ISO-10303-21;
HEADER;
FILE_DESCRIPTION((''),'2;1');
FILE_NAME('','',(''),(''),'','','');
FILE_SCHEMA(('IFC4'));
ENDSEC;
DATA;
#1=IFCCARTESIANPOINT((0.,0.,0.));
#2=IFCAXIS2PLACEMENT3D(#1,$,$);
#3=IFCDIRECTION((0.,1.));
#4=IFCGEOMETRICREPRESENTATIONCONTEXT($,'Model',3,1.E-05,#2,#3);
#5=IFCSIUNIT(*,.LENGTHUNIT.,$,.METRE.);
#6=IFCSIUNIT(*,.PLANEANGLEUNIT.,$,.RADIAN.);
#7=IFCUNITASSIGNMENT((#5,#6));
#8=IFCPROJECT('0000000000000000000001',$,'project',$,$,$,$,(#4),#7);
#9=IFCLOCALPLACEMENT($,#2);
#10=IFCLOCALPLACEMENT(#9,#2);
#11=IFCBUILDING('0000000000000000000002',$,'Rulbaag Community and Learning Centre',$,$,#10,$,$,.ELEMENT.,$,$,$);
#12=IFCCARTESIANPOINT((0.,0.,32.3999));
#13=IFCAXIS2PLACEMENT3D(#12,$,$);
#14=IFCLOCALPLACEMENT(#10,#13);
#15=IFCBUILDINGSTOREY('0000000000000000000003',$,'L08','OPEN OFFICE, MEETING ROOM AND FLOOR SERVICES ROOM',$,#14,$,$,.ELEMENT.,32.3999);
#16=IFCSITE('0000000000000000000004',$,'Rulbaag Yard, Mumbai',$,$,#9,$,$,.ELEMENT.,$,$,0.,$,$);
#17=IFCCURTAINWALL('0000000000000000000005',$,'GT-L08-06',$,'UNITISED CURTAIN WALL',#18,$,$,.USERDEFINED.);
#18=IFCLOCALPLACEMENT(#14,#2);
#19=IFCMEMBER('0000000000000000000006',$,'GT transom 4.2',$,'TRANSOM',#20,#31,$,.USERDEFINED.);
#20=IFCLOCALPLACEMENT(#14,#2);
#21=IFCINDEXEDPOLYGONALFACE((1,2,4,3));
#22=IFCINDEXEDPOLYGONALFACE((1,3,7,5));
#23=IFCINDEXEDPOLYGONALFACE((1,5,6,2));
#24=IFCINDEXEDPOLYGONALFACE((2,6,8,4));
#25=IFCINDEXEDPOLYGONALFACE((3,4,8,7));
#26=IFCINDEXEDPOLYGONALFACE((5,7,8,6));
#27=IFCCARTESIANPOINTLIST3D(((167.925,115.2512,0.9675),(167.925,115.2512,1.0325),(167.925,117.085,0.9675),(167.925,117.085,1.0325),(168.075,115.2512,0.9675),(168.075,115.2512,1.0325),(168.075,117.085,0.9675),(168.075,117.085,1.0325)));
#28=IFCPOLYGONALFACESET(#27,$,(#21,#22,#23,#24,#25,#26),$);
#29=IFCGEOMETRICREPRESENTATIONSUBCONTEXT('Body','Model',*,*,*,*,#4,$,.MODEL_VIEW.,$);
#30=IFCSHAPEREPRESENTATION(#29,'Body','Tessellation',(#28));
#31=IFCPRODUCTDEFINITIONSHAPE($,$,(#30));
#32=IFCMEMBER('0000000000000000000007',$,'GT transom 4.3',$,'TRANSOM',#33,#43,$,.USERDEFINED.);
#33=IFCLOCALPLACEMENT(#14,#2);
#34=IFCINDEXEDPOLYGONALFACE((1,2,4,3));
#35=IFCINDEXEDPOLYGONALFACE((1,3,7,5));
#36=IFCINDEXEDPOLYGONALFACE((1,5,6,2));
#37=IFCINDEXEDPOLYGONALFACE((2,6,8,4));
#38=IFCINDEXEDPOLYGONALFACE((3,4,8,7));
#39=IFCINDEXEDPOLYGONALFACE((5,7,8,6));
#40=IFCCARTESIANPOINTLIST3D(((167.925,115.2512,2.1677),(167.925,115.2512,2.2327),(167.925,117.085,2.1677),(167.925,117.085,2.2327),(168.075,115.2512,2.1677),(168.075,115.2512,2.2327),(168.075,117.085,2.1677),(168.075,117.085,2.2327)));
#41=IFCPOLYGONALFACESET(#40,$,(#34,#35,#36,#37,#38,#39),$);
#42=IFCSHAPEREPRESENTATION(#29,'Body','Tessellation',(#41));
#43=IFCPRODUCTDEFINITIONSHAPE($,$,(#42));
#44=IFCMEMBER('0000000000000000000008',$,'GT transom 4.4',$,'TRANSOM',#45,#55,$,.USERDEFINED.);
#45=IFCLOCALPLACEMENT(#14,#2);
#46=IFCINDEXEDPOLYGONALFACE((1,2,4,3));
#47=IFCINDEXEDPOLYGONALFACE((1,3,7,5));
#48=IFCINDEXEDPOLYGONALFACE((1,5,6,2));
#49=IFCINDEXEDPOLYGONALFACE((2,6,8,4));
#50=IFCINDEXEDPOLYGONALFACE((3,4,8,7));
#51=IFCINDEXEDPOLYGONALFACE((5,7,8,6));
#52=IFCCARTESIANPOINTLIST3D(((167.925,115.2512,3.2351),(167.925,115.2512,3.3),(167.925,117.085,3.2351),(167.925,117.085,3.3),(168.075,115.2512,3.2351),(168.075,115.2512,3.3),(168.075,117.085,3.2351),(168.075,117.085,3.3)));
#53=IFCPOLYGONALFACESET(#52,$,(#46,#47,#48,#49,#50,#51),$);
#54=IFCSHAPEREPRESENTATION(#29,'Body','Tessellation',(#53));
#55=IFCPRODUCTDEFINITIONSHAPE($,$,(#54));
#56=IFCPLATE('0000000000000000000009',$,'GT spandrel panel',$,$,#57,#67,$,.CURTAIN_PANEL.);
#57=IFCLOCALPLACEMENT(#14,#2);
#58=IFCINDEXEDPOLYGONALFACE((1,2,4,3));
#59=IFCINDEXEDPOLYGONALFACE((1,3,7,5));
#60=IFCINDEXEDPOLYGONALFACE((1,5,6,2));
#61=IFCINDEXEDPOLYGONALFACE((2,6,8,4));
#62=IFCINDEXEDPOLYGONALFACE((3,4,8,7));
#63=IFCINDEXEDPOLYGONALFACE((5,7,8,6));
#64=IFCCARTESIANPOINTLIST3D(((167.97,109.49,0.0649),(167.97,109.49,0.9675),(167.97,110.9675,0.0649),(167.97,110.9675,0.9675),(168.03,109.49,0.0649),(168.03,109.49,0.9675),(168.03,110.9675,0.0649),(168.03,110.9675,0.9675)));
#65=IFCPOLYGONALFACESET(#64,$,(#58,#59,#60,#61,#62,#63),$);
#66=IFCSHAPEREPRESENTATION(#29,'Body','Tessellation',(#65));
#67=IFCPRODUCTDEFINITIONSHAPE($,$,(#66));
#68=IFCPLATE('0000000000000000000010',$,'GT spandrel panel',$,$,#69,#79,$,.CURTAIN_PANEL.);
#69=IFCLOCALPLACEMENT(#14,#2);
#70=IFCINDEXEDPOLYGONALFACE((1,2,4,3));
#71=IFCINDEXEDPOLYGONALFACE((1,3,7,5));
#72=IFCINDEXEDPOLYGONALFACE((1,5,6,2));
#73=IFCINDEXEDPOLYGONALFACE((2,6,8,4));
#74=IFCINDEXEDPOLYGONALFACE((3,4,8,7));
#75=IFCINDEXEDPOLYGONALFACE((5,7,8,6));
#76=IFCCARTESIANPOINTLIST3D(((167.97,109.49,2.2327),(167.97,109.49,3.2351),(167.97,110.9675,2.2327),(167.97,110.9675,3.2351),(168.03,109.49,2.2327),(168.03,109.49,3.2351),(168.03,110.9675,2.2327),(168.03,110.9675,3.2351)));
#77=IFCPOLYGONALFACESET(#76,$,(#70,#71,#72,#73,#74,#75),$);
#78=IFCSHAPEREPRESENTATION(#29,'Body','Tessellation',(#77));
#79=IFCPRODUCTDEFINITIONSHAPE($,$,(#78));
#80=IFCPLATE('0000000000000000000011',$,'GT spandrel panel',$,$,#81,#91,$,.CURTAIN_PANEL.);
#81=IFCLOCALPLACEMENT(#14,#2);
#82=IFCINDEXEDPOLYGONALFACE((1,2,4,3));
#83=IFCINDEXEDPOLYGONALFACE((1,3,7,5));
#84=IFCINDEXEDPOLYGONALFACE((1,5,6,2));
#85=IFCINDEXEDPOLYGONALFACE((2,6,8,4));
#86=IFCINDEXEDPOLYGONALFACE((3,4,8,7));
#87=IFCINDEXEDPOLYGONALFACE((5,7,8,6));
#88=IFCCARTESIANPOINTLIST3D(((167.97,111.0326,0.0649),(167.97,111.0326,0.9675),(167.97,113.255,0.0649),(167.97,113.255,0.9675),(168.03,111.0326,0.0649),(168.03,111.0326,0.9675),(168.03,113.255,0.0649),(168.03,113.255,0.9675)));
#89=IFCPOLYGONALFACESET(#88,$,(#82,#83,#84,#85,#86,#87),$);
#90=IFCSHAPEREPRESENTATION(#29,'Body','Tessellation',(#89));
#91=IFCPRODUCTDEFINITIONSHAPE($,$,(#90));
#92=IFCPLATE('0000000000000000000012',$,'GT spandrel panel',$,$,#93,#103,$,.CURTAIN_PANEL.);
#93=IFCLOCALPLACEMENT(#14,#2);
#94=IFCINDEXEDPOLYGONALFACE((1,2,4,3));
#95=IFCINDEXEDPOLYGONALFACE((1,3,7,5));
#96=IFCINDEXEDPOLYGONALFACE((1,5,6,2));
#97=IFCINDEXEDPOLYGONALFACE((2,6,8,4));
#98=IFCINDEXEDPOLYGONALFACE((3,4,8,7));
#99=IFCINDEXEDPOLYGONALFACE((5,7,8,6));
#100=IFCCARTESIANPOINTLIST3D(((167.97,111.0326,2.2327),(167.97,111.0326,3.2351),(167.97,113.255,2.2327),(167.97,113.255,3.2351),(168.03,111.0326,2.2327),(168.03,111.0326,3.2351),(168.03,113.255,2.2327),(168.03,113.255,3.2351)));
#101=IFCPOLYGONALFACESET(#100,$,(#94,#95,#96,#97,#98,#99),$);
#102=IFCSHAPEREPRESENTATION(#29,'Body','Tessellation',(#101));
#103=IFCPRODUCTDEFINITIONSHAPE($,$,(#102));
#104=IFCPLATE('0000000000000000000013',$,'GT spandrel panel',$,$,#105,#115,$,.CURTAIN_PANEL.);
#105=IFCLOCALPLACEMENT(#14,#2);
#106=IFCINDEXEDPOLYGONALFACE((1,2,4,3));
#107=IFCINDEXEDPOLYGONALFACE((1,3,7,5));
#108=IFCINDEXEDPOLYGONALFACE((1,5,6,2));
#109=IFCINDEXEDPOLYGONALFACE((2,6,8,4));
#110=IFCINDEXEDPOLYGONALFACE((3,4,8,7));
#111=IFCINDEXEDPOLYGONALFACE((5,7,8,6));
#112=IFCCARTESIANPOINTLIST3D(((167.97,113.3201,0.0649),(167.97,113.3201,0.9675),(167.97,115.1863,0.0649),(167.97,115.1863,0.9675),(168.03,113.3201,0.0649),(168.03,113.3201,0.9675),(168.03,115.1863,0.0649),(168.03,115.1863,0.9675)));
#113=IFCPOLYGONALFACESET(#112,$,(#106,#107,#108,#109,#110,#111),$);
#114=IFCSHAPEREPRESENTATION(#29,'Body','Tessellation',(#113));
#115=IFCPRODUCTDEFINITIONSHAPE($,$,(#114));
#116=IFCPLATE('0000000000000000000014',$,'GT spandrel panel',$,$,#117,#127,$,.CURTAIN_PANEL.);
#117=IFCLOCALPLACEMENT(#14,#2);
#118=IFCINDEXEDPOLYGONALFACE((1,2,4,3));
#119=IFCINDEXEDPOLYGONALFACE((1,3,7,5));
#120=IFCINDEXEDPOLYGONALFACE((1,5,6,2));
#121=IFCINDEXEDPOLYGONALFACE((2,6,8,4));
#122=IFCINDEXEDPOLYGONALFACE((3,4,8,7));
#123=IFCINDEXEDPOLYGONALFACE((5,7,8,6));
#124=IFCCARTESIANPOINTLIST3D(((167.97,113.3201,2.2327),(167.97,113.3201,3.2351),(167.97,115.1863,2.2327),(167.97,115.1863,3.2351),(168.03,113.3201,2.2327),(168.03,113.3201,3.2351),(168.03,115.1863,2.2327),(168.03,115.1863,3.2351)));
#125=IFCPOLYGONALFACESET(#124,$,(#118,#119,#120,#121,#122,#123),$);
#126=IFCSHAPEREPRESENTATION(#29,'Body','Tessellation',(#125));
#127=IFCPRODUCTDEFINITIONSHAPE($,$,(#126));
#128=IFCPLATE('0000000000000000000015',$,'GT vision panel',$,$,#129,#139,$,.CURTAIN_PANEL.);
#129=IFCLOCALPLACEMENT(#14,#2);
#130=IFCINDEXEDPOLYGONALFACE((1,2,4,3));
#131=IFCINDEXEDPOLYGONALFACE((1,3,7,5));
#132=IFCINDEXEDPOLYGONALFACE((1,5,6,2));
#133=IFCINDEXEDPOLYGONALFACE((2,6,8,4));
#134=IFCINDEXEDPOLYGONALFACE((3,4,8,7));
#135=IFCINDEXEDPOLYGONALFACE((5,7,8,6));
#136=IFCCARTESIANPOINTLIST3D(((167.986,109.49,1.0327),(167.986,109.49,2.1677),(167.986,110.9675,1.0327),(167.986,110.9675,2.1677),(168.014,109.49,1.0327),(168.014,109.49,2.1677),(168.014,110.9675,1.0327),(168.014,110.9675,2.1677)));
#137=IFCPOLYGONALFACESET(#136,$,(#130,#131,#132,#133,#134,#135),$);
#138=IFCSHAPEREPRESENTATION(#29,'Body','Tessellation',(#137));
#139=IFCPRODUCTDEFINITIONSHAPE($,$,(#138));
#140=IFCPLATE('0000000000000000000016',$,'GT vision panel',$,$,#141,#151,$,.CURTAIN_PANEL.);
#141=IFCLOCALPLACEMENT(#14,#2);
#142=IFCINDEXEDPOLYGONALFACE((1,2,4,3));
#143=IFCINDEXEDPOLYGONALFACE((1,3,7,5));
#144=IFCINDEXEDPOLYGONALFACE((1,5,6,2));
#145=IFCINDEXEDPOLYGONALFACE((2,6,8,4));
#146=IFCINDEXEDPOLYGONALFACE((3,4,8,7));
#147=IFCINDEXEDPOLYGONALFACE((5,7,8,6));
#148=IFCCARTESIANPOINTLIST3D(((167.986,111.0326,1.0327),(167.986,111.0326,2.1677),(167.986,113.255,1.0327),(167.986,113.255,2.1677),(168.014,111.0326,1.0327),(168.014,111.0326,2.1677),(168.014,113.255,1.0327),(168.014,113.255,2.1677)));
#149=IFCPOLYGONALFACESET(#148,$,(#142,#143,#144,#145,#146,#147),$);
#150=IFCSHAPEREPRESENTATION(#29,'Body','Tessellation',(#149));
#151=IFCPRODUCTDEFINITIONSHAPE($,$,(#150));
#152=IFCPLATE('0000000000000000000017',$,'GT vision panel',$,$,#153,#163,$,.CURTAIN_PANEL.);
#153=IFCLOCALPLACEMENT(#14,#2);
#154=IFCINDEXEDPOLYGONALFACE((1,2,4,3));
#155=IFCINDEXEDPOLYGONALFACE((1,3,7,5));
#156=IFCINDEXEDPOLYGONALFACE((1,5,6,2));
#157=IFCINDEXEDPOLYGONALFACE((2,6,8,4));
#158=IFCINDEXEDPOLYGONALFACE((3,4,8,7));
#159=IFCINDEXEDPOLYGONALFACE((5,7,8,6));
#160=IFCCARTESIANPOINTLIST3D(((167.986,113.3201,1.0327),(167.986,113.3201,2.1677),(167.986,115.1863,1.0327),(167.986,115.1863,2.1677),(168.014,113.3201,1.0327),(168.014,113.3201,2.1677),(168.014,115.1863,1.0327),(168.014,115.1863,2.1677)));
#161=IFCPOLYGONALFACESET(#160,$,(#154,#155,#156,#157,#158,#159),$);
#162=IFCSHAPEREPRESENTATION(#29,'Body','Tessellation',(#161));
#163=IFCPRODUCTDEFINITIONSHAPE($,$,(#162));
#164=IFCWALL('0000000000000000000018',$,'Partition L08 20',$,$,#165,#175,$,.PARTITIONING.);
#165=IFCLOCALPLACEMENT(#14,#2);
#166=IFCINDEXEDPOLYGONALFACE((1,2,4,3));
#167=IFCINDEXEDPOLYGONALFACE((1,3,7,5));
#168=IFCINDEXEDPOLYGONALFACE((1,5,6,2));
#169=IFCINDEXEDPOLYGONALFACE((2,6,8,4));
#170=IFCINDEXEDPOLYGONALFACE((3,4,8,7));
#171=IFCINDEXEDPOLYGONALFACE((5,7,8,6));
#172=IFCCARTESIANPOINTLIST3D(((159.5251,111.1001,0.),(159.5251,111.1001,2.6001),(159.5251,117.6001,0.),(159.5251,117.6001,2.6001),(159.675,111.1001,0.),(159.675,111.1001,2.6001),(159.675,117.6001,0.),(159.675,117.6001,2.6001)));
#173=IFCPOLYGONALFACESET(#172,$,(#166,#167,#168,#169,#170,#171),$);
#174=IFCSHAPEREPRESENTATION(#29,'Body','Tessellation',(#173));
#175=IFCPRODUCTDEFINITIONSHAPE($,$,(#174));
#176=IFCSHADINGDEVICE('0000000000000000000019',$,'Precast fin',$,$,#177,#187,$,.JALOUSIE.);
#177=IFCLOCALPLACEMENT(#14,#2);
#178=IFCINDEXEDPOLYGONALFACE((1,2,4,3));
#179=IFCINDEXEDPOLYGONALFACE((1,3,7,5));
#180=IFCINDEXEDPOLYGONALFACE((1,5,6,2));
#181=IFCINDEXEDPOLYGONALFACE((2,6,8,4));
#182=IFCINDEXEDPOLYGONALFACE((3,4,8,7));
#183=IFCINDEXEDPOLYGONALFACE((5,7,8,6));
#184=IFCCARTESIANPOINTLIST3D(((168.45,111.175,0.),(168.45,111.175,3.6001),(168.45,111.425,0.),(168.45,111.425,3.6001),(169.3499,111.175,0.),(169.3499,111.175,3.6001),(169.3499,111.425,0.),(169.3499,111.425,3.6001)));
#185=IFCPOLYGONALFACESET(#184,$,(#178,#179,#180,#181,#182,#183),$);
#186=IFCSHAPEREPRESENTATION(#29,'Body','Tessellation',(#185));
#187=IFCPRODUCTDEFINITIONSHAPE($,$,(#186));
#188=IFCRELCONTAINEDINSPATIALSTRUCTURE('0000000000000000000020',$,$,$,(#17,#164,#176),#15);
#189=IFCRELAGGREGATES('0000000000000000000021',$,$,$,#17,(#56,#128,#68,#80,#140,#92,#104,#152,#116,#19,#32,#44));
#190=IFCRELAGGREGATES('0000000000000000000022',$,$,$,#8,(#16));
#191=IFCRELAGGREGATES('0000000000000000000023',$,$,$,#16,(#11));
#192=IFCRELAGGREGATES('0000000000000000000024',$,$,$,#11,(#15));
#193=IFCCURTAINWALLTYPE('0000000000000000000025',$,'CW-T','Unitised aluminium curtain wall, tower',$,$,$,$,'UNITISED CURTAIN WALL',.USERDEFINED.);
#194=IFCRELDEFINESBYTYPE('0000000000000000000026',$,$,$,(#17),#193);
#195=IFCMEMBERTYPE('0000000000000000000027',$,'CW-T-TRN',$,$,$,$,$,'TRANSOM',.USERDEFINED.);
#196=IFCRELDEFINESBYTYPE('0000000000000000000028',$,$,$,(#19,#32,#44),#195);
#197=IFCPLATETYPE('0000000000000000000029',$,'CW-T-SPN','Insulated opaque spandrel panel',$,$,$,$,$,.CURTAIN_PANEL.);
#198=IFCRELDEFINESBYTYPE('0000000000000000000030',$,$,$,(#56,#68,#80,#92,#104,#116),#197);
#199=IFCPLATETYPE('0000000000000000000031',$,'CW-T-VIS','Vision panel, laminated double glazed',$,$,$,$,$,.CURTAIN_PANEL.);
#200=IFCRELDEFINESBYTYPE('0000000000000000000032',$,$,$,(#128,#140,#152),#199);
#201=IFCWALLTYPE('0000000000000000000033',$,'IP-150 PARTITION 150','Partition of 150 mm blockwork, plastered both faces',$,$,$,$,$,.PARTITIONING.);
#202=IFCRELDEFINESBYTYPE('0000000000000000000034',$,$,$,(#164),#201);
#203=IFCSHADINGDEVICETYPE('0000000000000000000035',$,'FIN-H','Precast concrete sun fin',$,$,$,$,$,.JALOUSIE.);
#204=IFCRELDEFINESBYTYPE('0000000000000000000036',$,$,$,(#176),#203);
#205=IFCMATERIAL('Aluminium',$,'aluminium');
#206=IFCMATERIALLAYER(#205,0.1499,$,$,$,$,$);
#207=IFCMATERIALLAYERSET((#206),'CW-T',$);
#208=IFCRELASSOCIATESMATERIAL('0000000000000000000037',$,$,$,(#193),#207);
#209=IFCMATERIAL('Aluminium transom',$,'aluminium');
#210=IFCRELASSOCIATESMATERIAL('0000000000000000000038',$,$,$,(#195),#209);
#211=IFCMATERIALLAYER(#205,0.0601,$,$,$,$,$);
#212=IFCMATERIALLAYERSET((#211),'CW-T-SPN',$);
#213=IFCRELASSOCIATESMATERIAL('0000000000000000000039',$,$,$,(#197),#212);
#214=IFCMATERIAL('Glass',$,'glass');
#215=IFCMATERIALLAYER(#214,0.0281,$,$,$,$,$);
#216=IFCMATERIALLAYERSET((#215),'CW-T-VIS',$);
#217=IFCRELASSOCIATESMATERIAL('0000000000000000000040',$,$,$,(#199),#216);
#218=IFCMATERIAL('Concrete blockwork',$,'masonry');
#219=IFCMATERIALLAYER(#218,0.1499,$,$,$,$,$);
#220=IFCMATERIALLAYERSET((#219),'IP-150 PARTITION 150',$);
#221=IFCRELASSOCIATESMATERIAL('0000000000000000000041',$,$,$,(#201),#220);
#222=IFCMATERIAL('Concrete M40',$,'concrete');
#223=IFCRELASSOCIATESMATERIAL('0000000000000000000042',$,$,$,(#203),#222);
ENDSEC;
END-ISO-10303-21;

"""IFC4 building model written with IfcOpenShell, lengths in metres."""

from ifc_helpers import new_model, si_unit, direction, frame, frame_2d, origin, origin_2d, place, context, subcontext, project, spatial, rectangle, extrude, material, layer, layer_set, material_profile, profile_set, type_object, element, aggregate, save


model = new_model("IFC4")

# Units and contexts
model_context = context("Model", 3, precision=1e-05, world=origin(), true_north=direction((0.0, 1.0)))
body_context = subcontext(model_context, "Body", "Model", "MODEL_VIEW")
ifc_project = project(units=[si_unit("LENGTHUNIT", "METRE"), si_unit("PLANEANGLEUNIT", "RADIAN")], contexts=[model_context])

# Site, building, storey
site_placement = place(None, origin())
site = spatial("IfcSite", under=ifc_project, at=site_placement, Name="Rulbaag Yard, Mumbai", CompositionType="ELEMENT", RefElevation=0.0)
building_placement = place(site_placement, origin())
building = spatial("IfcBuilding", under=site, at=building_placement, Name="Rulbaag Community and Learning Centre", CompositionType="ELEMENT")
storey_placement = place(building_placement, frame((0.0, 0.0, 32.3999)))
storey = spatial("IfcBuildingStorey", under=building, at=storey_placement, Name="L08", Description="OPEN OFFICE, MEETING ROOM AND FLOOR SERVICES ROOM", CompositionType="ELEMENT", Elevation=32.3999)

# Curtain wall, members, plates
ifc_material_1 = material(Name="Aluminium", Category="aluminium")
ifc_layer_1 = layer(ifc_material_1, 0.1499)
ifc_layer_set_1 = layer_set([ifc_layer_1], Name="CW-T")
curtain_wall_type = type_object("IfcCurtainWallType", Name="CW-T", Description="Unitised aluminium curtain wall, tower", ElementType="UNITISED CURTAIN WALL", PredefinedType="USERDEFINED", material=ifc_layer_set_1)
curtain_wall_placement = place(storey_placement, origin())
curtain_wall = element("IfcCurtainWall", 1, at=curtain_wall_placement, inside=storey, type_object=curtain_wall_type, Name="GT-L08-06", ObjectType="UNITISED CURTAIN WALL", PredefinedType="USERDEFINED")
ifc_material_2 = material(Name="Aluminium transom", Category="aluminium")
ifc_material_profile_1 = material_profile(ifc_material_2, rectangle(XDim=0.1499, YDim=0.0649, at=origin_2d()), Name="AL 65x150 T")
ifc_profile_set_1 = profile_set([ifc_material_profile_1], Name="Aluminium transom")
member_type_1 = type_object("IfcMemberType", Name="CW-T-TRN", ElementType="TRANSOM", PredefinedType="USERDEFINED", material=ifc_profile_set_1)
member_1_placement = place(storey_placement, frame((168.0, 115.2512, 1.0), z_axis=(0.0, 1.0, 0.0), x_axis=(-1.0, 0.0, 0.0)))
member_1 = element("IfcMember", 2, at=member_1_placement, type_object=member_type_1, Name="GT transom 4.2", ObjectType="TRANSOM", PredefinedType="USERDEFINED", context=body_context, shape_type="SweptSolid", body=[
    extrude(rectangle(XDim=0.1499, YDim=0.0649, at=origin_2d()), origin(), (0.0, 0.0, 1.0), 1.8337),
])
member_2_placement = place(storey_placement, frame((168.0, 115.2512, 2.2002), z_axis=(0.0, 1.0, 0.0), x_axis=(-1.0, 0.0, 0.0)))
member_2 = element("IfcMember", 3, at=member_2_placement, type_object=member_type_1, Name="GT transom 4.3", ObjectType="TRANSOM", PredefinedType="USERDEFINED", context=body_context, shape_type="SweptSolid", body=[
    extrude(rectangle(XDim=0.1499, YDim=0.0649, at=origin_2d()), origin(), (0.0, 0.0, 1.0), 1.8337),
])
member_3_placement = place(storey_placement, frame((168.0, 115.2512, 3.2676), z_axis=(0.0, 1.0, 0.0), x_axis=(-1.0, 0.0, 0.0)))
member_3 = element("IfcMember", 4, at=member_3_placement, type_object=member_type_1, Name="GT transom 4.4", ObjectType="TRANSOM", PredefinedType="USERDEFINED", context=body_context, shape_type="SweptSolid", body=[
    extrude(rectangle(XDim=0.1499, YDim=0.0649, at=origin_2d()), origin(), (0.0, 0.0, 1.0), 1.8337),
])
ifc_layer_2 = layer(ifc_material_1, 0.0601)
ifc_layer_set_2 = layer_set([ifc_layer_2], Name="CW-T-SPN")
plate_type_1 = type_object("IfcPlateType", Name="CW-T-SPN", Description="Insulated opaque spandrel panel", PredefinedType="CURTAIN_PANEL", material=ifc_layer_set_2)
plate_1_placement = place(storey_placement, frame((168.0, 110.2288, 0.0649), z_axis=(0.0, 0.0, 1.0), x_axis=(0.0, 1.0, 0.0)))
plate_1 = element("IfcPlate", 5, at=plate_1_placement, type_object=plate_type_1, Name="GT spandrel panel", PredefinedType="CURTAIN_PANEL", context=body_context, shape_type="SweptSolid", body=[
    extrude(rectangle(XDim=1.4775, YDim=0.0601, at=origin_2d()), origin(), (0.0, 0.0, 1.0), 0.9026),
])
plate_2_placement = place(storey_placement, frame((168.0, 110.2288, 2.2327), z_axis=(0.0, 0.0, 1.0), x_axis=(0.0, 1.0, 0.0)))
plate_2 = element("IfcPlate", 6, at=plate_2_placement, type_object=plate_type_1, Name="GT spandrel panel", PredefinedType="CURTAIN_PANEL", context=body_context, shape_type="SweptSolid", body=[
    extrude(rectangle(XDim=1.4775, YDim=0.0601, at=origin_2d()), origin(), (0.0, 0.0, 1.0), 1.0024),
])
plate_3_placement = place(storey_placement, frame((168.0, 112.1438, 0.0649), z_axis=(0.0, 0.0, 1.0), x_axis=(0.0, 1.0, 0.0)))
plate_3 = element("IfcPlate", 7, at=plate_3_placement, type_object=plate_type_1, Name="GT spandrel panel", PredefinedType="CURTAIN_PANEL", context=body_context, shape_type="SweptSolid", body=[
    extrude(rectangle(XDim=2.2224, YDim=0.0601, at=origin_2d()), origin(), (0.0, 0.0, 1.0), 0.9026),
])
plate_4_placement = place(storey_placement, frame((168.0, 112.1438, 2.2327), z_axis=(0.0, 0.0, 1.0), x_axis=(0.0, 1.0, 0.0)))
plate_4 = element("IfcPlate", 8, at=plate_4_placement, type_object=plate_type_1, Name="GT spandrel panel", PredefinedType="CURTAIN_PANEL", context=body_context, shape_type="SweptSolid", body=[
    extrude(rectangle(XDim=2.2224, YDim=0.0601, at=origin_2d()), origin(), (0.0, 0.0, 1.0), 1.0024),
])
plate_5_placement = place(storey_placement, frame((168.0, 114.2532, 0.0649), z_axis=(0.0, 0.0, 1.0), x_axis=(0.0, 1.0, 0.0)))
plate_5 = element("IfcPlate", 9, at=plate_5_placement, type_object=plate_type_1, Name="GT spandrel panel", PredefinedType="CURTAIN_PANEL", context=body_context, shape_type="SweptSolid", body=[
    extrude(rectangle(XDim=1.8662, YDim=0.0601, at=origin_2d()), origin(), (0.0, 0.0, 1.0), 0.9026),
])
plate_6_placement = place(storey_placement, frame((168.0, 114.2532, 2.2327), z_axis=(0.0, 0.0, 1.0), x_axis=(0.0, 1.0, 0.0)))
plate_6 = element("IfcPlate", 10, at=plate_6_placement, type_object=plate_type_1, Name="GT spandrel panel", PredefinedType="CURTAIN_PANEL", context=body_context, shape_type="SweptSolid", body=[
    extrude(rectangle(XDim=1.8662, YDim=0.0601, at=origin_2d()), origin(), (0.0, 0.0, 1.0), 1.0024),
])
ifc_material_3 = material(Name="Glass", Category="glass")
ifc_layer_3 = layer(ifc_material_3, 0.0281)
ifc_layer_set_3 = layer_set([ifc_layer_3], Name="CW-T-VIS")
plate_type_2 = type_object("IfcPlateType", Name="CW-T-VIS", Description="Vision panel, laminated double glazed", PredefinedType="CURTAIN_PANEL", material=ifc_layer_set_3)
plate_7_placement = place(storey_placement, frame((168.0, 110.2288, 1.0327), z_axis=(0.0, 0.0, 1.0), x_axis=(0.0, 1.0, 0.0)))
plate_7 = element("IfcPlate", 11, at=plate_7_placement, type_object=plate_type_2, Name="GT vision panel", PredefinedType="CURTAIN_PANEL", context=body_context, shape_type="SweptSolid", body=[
    extrude(rectangle(XDim=1.4775, YDim=0.0281, at=origin_2d()), origin(), (0.0, 0.0, 1.0), 1.135),
])
plate_8_placement = place(storey_placement, frame((168.0, 112.1438, 1.0327), z_axis=(0.0, 0.0, 1.0), x_axis=(0.0, 1.0, 0.0)))
plate_8 = element("IfcPlate", 12, at=plate_8_placement, type_object=plate_type_2, Name="GT vision panel", PredefinedType="CURTAIN_PANEL", context=body_context, shape_type="SweptSolid", body=[
    extrude(rectangle(XDim=2.2224, YDim=0.0281, at=origin_2d()), origin(), (0.0, 0.0, 1.0), 1.135),
])
plate_9_placement = place(storey_placement, frame((168.0, 114.2532, 1.0327), z_axis=(0.0, 0.0, 1.0), x_axis=(0.0, 1.0, 0.0)))
plate_9 = element("IfcPlate", 13, at=plate_9_placement, type_object=plate_type_2, Name="GT vision panel", PredefinedType="CURTAIN_PANEL", context=body_context, shape_type="SweptSolid", body=[
    extrude(rectangle(XDim=1.8662, YDim=0.0281, at=origin_2d()), origin(), (0.0, 0.0, 1.0), 1.135),
])
aggregate(curtain_wall, [plate_1, plate_7, plate_2, plate_3, plate_8, plate_4, plate_5, plate_9, plate_6, member_1, member_2, member_3])

# Wall
ifc_material_4 = material(Name="Concrete blockwork", Category="masonry")
ifc_layer_4 = layer(ifc_material_4, 0.1499)
ifc_layer_set_4 = layer_set([ifc_layer_4], Name="IP-150 PARTITION 150")
wall_type = type_object("IfcWallType", Name="IP-150 PARTITION 150", Description="Partition of 150 mm blockwork, plastered both faces", PredefinedType="PARTITIONING", material=ifc_layer_set_4)
wall_placement = place(storey_placement, frame((159.6001, 111.1001, 0.0), z_axis=(0.0, 0.0, 1.0), x_axis=(0.0, 1.0, 0.0)))
element("IfcWall", 14, at=wall_placement, inside=storey, type_object=wall_type, Name="Partition L08 20", PredefinedType="PARTITIONING", context=body_context, shape_type="SweptSolid", body=[
    extrude(rectangle(XDim=6.5, YDim=0.1499, at=frame_2d((3.25, 0.0))), origin(), (0.0, 0.0, 1.0), 2.6001),
])

# Shading device
ifc_material_5 = material(Name="Concrete M40", Category="concrete")
ifc_material_profile_2 = material_profile(ifc_material_5, rectangle(XDim=0.25, YDim=0.8999, at=origin_2d()), Name="PC 250x900")
ifc_profile_set_2 = profile_set([ifc_material_profile_2], Name="Concrete M40")
shading_device_type = type_object("IfcShadingDeviceType", Name="FIN-H", Description="Precast concrete sun fin", PredefinedType="JALOUSIE", material=ifc_profile_set_2)
for number, where, z_axis, x_axis, name in (
    (15, (168.8999, 111.3, 0.0), (0.0, 0.0, 1.0), (0.0, 1.0, 0.0), "Precast fin"),
):
    element("IfcShadingDevice", number, at=place(storey_placement, frame(where, z_axis=z_axis, x_axis=x_axis)), inside=storey, type_object=shading_device_type, Name=name, PredefinedType="JALOUSIE", context=body_context, shape_type="SweptSolid", body=[
        extrude(rectangle(XDim=0.25, YDim=0.8999, at=origin_2d()), origin(), (0.0, 0.0, 1.0), 3.6001),
    ])

save(model, "model.ifc")
